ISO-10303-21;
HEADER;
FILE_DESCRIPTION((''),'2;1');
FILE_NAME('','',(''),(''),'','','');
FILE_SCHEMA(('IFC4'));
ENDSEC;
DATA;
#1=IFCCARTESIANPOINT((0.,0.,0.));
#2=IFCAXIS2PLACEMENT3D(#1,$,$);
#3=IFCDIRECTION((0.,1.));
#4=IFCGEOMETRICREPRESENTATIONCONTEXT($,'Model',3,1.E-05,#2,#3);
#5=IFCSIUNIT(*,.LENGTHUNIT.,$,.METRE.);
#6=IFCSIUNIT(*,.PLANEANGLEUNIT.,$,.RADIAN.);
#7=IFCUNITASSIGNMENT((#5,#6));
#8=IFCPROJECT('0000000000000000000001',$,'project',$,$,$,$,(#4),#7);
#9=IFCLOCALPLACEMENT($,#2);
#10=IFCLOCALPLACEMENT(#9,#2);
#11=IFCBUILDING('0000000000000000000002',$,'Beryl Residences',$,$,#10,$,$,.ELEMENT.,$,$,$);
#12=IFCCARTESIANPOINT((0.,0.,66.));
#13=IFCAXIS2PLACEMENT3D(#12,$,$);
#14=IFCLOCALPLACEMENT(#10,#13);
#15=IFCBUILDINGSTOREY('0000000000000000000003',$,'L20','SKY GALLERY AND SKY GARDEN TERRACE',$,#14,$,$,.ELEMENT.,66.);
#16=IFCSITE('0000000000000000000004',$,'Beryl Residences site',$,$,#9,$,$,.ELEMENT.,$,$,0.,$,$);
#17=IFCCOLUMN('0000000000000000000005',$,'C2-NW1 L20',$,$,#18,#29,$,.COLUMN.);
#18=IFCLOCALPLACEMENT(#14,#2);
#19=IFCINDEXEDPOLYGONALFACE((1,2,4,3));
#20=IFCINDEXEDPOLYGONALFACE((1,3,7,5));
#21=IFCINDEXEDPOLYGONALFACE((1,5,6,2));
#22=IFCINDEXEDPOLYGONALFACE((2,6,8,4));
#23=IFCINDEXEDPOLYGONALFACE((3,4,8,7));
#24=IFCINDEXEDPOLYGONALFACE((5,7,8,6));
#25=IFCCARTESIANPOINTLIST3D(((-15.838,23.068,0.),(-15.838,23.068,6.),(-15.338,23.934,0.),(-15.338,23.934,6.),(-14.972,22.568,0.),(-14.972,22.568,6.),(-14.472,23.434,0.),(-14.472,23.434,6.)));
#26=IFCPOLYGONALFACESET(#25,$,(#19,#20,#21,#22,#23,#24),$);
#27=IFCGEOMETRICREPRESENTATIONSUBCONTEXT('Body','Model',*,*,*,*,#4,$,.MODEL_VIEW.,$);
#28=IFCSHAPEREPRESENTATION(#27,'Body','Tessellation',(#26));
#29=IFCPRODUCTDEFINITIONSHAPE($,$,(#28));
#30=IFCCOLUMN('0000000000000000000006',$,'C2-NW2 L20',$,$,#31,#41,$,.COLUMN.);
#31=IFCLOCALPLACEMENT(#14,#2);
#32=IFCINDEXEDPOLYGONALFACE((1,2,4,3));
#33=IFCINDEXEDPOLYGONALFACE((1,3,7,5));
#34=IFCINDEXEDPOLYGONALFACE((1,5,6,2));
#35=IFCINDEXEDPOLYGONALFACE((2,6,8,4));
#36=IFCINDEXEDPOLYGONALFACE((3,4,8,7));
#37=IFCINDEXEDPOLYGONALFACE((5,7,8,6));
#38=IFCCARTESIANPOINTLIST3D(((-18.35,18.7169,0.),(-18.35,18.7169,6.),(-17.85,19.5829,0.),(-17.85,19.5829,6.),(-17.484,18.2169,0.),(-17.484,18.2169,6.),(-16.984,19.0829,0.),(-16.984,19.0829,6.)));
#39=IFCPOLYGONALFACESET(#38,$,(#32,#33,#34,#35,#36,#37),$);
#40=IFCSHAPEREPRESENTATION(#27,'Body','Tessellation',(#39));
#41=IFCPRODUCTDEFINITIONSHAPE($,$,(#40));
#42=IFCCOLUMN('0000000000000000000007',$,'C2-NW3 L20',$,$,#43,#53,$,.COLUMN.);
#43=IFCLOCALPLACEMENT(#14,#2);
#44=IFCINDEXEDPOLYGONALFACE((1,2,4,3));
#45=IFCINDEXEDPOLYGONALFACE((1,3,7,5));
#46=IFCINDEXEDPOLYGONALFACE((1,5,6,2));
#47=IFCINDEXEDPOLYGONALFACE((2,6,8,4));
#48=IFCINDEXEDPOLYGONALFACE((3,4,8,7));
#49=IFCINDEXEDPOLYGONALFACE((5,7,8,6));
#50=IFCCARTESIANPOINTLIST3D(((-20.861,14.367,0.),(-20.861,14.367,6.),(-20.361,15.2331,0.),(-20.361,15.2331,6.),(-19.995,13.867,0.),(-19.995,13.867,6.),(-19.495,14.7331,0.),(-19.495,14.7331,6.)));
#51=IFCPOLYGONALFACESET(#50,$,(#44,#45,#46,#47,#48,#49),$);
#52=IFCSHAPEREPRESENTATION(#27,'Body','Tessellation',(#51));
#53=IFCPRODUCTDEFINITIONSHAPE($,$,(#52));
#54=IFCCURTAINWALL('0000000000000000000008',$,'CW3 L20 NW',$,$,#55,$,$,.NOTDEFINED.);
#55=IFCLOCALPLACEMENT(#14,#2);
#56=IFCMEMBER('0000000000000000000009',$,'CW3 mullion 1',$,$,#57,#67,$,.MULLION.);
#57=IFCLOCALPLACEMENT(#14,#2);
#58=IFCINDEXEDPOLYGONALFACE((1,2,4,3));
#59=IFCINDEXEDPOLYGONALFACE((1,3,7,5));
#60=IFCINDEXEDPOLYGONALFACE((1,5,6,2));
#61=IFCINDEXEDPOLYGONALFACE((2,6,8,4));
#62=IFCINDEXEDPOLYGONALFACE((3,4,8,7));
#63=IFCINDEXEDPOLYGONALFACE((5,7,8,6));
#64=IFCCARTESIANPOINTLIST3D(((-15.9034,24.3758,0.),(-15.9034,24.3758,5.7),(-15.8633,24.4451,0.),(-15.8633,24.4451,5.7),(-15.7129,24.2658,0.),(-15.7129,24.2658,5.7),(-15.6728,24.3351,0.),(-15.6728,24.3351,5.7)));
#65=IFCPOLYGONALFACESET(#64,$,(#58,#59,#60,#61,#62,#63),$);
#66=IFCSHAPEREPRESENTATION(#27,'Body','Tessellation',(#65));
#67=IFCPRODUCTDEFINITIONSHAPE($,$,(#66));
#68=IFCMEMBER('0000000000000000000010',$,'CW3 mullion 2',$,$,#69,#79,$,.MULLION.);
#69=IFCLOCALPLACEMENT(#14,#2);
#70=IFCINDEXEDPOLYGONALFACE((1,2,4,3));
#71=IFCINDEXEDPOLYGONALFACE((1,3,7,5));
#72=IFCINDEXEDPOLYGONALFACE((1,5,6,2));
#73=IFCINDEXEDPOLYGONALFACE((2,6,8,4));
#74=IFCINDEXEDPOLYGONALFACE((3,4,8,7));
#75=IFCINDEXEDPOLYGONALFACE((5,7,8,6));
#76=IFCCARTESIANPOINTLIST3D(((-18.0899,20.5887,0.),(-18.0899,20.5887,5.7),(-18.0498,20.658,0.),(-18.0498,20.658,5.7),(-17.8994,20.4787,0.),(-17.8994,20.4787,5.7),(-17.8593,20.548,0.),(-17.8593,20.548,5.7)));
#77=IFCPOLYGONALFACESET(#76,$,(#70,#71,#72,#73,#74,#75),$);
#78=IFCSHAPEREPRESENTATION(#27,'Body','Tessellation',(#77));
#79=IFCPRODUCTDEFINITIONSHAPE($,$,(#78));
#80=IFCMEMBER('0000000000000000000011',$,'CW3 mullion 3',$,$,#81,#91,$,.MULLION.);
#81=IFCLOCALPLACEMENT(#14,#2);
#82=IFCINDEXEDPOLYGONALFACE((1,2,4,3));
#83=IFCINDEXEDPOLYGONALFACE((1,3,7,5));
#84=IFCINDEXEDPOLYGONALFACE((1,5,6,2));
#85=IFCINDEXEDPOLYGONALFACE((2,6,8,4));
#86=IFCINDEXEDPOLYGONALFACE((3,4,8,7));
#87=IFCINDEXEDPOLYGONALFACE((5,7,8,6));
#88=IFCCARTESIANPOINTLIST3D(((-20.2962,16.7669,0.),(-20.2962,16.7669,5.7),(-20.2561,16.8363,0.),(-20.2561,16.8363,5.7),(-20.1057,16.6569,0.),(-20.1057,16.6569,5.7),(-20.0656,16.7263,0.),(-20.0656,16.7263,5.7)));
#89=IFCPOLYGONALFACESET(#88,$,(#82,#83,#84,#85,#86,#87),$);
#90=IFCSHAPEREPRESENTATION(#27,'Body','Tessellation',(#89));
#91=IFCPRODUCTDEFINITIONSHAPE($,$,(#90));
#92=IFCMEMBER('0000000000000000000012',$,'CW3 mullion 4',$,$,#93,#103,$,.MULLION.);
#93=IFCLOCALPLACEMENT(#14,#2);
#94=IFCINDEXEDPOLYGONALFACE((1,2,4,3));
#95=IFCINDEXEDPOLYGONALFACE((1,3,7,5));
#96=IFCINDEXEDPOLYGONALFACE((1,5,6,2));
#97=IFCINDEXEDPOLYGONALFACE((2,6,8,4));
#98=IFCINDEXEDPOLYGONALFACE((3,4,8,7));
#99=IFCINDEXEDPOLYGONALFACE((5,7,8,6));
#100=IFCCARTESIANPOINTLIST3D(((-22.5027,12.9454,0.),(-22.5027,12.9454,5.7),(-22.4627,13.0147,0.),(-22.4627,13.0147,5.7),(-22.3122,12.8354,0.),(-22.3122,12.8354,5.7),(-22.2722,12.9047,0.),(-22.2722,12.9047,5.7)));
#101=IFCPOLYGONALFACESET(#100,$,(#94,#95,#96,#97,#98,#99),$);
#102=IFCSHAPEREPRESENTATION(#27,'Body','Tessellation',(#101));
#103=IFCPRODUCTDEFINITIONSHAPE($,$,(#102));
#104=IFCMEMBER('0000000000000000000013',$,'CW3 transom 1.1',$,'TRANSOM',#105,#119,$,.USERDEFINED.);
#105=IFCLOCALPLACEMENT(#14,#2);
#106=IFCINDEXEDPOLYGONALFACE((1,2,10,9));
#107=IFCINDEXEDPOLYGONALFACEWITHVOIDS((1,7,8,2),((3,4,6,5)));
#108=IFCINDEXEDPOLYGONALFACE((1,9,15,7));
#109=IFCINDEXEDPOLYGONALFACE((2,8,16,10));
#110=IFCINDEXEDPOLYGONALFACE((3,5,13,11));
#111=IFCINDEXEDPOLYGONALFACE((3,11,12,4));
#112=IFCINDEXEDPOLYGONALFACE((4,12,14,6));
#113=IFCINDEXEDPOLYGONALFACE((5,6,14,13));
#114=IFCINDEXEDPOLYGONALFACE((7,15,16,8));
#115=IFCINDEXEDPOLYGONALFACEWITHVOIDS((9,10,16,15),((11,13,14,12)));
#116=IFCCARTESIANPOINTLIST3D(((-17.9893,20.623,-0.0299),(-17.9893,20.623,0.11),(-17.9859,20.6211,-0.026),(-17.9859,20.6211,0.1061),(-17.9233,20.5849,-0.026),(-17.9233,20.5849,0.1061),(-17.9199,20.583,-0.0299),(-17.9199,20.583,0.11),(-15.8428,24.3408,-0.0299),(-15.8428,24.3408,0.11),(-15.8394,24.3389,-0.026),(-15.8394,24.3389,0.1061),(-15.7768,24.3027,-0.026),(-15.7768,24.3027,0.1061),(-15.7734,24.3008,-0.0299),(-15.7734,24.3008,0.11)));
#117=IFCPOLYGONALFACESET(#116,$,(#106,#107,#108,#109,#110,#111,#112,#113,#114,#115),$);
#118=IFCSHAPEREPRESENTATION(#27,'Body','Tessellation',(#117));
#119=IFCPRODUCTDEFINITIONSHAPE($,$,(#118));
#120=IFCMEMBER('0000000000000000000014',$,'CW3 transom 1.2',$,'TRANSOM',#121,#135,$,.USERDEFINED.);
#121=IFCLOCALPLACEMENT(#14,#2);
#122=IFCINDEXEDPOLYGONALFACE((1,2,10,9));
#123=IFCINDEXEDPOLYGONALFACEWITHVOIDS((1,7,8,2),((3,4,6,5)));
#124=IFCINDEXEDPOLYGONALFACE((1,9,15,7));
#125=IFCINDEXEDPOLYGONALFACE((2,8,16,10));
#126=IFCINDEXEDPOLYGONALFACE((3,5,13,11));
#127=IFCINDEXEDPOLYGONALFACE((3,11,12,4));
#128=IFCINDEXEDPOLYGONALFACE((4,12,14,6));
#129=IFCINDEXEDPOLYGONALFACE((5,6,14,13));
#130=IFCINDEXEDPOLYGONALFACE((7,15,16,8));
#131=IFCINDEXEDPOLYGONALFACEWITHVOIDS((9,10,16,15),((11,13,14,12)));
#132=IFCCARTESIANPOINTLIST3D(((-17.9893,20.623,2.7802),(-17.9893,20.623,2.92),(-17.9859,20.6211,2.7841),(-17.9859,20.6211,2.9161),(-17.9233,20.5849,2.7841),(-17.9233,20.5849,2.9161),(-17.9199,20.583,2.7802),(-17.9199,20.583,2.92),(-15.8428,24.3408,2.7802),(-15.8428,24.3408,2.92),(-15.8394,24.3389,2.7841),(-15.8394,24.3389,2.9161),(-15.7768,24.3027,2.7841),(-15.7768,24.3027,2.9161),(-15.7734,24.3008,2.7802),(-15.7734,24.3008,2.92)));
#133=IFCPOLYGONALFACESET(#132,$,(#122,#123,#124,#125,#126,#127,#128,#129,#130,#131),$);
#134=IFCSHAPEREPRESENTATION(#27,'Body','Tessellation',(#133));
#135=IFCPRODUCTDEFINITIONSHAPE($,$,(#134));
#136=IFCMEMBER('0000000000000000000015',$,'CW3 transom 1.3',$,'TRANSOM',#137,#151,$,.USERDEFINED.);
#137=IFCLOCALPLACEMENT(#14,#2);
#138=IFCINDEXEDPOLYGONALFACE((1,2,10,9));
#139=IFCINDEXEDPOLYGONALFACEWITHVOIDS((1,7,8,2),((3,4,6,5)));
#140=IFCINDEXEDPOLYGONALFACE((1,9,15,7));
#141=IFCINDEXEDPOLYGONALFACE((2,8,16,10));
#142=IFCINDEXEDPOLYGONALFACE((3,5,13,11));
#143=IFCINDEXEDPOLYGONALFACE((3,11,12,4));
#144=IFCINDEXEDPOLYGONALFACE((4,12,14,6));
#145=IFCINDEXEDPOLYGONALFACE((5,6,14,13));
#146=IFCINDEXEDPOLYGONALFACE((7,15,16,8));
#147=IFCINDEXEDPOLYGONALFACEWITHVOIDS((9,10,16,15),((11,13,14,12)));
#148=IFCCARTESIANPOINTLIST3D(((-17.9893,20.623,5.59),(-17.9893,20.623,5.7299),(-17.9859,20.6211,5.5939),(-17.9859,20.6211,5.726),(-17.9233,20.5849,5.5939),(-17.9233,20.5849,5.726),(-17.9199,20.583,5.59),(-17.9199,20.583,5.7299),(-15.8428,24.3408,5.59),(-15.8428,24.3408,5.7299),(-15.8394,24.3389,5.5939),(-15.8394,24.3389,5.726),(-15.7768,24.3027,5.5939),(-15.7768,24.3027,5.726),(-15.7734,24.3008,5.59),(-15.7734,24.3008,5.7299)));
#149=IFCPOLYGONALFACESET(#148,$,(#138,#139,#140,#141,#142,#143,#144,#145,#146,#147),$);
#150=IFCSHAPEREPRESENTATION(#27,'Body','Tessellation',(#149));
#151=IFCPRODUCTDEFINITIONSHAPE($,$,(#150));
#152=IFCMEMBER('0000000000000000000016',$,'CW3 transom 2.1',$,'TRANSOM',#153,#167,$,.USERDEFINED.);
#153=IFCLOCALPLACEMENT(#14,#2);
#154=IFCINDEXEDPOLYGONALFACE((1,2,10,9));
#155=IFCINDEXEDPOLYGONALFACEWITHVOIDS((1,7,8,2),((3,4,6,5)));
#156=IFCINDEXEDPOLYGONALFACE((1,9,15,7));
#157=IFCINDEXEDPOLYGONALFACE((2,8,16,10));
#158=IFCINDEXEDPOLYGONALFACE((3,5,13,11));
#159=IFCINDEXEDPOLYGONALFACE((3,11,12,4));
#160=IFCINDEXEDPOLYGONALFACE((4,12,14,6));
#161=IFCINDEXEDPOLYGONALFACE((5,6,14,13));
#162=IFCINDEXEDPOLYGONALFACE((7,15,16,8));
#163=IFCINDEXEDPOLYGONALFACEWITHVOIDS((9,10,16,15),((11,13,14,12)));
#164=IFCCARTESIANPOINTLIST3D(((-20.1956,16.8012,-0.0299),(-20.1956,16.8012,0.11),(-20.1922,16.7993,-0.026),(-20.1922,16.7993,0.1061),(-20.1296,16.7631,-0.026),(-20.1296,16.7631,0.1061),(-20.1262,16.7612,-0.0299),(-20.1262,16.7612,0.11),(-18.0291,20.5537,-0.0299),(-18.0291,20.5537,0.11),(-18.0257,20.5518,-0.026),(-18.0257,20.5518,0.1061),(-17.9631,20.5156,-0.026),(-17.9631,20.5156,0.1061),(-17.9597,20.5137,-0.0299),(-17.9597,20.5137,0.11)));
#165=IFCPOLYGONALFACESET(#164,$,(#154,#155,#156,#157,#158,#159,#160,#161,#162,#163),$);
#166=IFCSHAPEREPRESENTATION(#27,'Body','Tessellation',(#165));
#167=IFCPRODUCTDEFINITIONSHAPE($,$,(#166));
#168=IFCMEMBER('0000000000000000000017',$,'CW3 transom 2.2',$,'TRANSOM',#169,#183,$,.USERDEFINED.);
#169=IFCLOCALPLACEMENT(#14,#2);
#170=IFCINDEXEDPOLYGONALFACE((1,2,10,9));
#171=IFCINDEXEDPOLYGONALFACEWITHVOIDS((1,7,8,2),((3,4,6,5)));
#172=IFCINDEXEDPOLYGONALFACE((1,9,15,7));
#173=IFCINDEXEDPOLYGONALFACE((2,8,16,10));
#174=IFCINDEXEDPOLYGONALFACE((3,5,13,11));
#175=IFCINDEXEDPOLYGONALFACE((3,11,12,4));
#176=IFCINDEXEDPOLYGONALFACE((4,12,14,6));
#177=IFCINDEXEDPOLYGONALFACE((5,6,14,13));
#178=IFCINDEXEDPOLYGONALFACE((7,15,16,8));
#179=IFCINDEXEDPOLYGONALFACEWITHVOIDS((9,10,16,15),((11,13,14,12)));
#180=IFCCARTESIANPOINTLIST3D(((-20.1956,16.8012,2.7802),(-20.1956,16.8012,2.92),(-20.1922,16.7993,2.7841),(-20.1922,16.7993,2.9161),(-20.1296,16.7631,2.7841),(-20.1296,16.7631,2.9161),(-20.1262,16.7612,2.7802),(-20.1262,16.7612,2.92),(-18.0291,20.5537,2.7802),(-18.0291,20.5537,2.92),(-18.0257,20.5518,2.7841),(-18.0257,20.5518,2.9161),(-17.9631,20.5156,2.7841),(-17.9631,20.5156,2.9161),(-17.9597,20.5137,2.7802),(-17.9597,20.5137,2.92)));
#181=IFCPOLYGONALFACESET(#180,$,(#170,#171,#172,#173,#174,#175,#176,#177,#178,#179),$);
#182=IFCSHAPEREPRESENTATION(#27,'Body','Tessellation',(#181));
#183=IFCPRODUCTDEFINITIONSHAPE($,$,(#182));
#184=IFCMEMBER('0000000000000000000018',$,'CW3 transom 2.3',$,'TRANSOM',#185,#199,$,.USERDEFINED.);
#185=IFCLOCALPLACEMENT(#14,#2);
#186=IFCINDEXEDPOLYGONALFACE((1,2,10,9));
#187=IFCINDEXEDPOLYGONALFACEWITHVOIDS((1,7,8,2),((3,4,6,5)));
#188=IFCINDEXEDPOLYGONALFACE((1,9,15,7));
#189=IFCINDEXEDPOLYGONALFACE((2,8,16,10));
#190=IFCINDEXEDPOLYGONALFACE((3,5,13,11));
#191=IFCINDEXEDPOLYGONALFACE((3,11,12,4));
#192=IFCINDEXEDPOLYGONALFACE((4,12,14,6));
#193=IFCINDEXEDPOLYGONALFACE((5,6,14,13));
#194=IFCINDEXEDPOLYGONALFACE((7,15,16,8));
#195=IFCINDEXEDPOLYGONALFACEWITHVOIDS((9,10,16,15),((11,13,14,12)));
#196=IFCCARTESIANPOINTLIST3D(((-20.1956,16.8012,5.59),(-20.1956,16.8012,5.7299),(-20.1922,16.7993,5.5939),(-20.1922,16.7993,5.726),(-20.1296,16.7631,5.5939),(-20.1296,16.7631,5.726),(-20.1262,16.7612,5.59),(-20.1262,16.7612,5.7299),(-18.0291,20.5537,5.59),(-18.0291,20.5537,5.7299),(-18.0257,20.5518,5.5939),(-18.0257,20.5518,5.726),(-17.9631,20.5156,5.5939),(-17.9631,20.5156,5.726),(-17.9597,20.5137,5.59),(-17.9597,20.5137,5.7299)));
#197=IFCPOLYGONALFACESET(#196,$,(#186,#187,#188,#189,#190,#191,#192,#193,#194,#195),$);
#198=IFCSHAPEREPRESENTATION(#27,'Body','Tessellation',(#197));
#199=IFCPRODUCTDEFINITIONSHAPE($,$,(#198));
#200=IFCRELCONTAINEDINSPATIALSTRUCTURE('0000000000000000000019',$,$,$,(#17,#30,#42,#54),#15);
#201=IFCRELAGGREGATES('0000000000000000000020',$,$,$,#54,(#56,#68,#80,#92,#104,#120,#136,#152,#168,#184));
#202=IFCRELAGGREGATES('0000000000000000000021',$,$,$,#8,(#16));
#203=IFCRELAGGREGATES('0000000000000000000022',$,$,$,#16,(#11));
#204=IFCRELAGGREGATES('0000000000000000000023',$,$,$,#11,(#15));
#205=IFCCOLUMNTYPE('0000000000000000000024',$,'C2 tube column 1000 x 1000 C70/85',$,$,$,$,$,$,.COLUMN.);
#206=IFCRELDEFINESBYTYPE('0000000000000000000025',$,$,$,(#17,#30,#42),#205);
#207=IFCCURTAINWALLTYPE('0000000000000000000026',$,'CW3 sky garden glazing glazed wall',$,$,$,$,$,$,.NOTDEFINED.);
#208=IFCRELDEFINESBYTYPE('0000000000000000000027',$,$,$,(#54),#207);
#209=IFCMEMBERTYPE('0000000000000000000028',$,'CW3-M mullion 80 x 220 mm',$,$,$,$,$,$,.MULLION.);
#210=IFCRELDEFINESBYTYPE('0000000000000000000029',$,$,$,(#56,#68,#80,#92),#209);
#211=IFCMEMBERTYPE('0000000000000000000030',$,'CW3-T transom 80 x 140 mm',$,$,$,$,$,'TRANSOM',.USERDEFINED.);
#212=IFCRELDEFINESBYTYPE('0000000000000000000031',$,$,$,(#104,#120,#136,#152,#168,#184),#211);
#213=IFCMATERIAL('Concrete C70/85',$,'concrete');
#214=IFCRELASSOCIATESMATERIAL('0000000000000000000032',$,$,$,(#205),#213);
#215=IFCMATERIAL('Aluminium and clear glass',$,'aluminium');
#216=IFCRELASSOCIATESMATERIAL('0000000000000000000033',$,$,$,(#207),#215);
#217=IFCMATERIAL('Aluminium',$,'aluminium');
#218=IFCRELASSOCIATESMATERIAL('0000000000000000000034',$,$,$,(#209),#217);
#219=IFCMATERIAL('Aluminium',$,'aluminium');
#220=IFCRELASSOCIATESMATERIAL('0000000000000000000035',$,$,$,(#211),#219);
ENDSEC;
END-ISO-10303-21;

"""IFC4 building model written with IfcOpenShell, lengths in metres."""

from ifc_helpers import new_model, si_unit, direction, frame, origin, origin_2d, place, context, subcontext, project, spatial, rectangle, hollow_rectangle, extrude, material, material_profile, profile_set, type_object, element, aggregate, save


model = new_model("IFC4")

# Units and contexts
model_context = context("Model", 3, precision=1e-05, world=origin(), true_north=direction((0.0, 1.0)))
body_context = subcontext(model_context, "Body", "Model", "MODEL_VIEW")
ifc_project = project(units=[si_unit("LENGTHUNIT", "METRE"), si_unit("PLANEANGLEUNIT", "RADIAN")], contexts=[model_context])

# Site, building, storey
site_placement = place(None, origin())
site = spatial("IfcSite", under=ifc_project, at=site_placement, Name="Beryl Residences site", CompositionType="ELEMENT", RefElevation=0.0)
building_placement = place(site_placement, origin())
building = spatial("IfcBuilding", under=site, at=building_placement, Name="Beryl Residences", CompositionType="ELEMENT")
storey_placement = place(building_placement, frame((0.0, 0.0, 66.0)))
storey = spatial("IfcBuildingStorey", under=building, at=storey_placement, Name="L20", Description="SKY GALLERY AND SKY GARDEN TERRACE", CompositionType="ELEMENT", Elevation=66.0)

# Columns
ifc_material_1 = material(Name="Concrete C70/85", Category="concrete")
ifc_material_profile_1 = material_profile(ifc_material_1, rectangle(XDim=1.0, YDim=1.0, at=origin_2d()))
ifc_profile_set_1 = profile_set([ifc_material_profile_1], Name="Concrete C70/85")
column_type = type_object("IfcColumnType", Name="C2 tube column 1000 x 1000 C70/85", PredefinedType="COLUMN", material=ifc_profile_set_1)
for number, where, z_axis, x_axis, name in (
    (1, (-15.155, 23.251, 0.0), (0.0, 0.0, 1.0), (-0.5, -0.866025, 0.0), "C2-NW1 L20"),
    (2, (-17.667, 18.8999, 0.0), (0.0, 0.0, 1.0), (-0.5, -0.866025, 0.0), "C2-NW2 L20"),
    (3, (-20.178, 14.55, 0.0), (0.0, 0.0, 1.0), (-0.5, -0.866025, 0.0), "C2-NW3 L20"),
):
    element("IfcColumn", number, at=place(storey_placement, frame(where, z_axis=z_axis, x_axis=x_axis)), inside=storey, type_object=column_type, Name=name, PredefinedType="COLUMN", context=body_context, shape_type="SweptSolid", body=[
        extrude(rectangle(XDim=1.0, YDim=1.0, at=origin_2d()), origin(), (0.0, 0.0, 1.0), 6.0),
    ])

# Curtain wall, members
ifc_material_2 = material(Name="Aluminium and clear glass", Category="aluminium")
curtain_wall_type = type_object("IfcCurtainWallType", Name="CW3 sky garden glazing glazed wall", PredefinedType="NOTDEFINED", material=ifc_material_2)
curtain_wall_placement = place(storey_placement, origin())
curtain_wall = element("IfcCurtainWall", 4, at=curtain_wall_placement, inside=storey, type_object=curtain_wall_type, Name="CW3 L20 NW", PredefinedType="NOTDEFINED")
ifc_material_3 = material(Name="Aluminium", Category="aluminium")
ifc_material_profile_2 = material_profile(ifc_material_3, rectangle(XDim=0.0801, YDim=0.22, at=origin_2d()))
ifc_profile_set_2 = profile_set([ifc_material_profile_2], Name="Aluminium")
member_type_1 = type_object("IfcMemberType", Name="CW3-M mullion 80 x 220 mm", PredefinedType="MULLION", material=ifc_profile_set_2)
member_1_placement = place(storey_placement, frame((-15.7881, 24.3555, 0.0), z_axis=(0.0, 0.0, 1.0), x_axis=(-0.50001, -0.86602, 0.0)))
member_1 = element("IfcMember", 5, at=member_1_placement, type_object=member_type_1, Name="CW3 mullion 1", PredefinedType="MULLION", context=body_context, shape_type="SweptSolid", body=[
    extrude(rectangle(XDim=0.0801, YDim=0.22, at=origin_2d()), origin(), (0.0, 0.0, 1.0), 5.7),
])
member_2_placement = place(storey_placement, frame((-17.9746, 20.5684, 0.0), z_axis=(0.0, 0.0, 1.0), x_axis=(-0.50001, -0.86602, 0.0)))
member_2 = element("IfcMember", 6, at=member_2_placement, type_object=member_type_1, Name="CW3 mullion 2", PredefinedType="MULLION", context=body_context, shape_type="SweptSolid", body=[
    extrude(rectangle(XDim=0.0801, YDim=0.22, at=origin_2d()), origin(), (0.0, 0.0, 1.0), 5.7),
])
member_3_placement = place(storey_placement, frame((-20.1809, 16.7466, 0.0), z_axis=(0.0, 0.0, 1.0), x_axis=(-0.50001, -0.86602, 0.0)))
member_3 = element("IfcMember", 7, at=member_3_placement, type_object=member_type_1, Name="CW3 mullion 3", PredefinedType="MULLION", context=body_context, shape_type="SweptSolid", body=[
    extrude(rectangle(XDim=0.0801, YDim=0.22, at=origin_2d()), origin(), (0.0, 0.0, 1.0), 5.7),
])
member_4_placement = place(storey_placement, frame((-22.3875, 12.925, 0.0), z_axis=(0.0, 0.0, 1.0), x_axis=(-0.50001, -0.86602, 0.0)))
member_4 = element("IfcMember", 8, at=member_4_placement, type_object=member_type_1, Name="CW3 mullion 4", PredefinedType="MULLION", context=body_context, shape_type="SweptSolid", body=[
    extrude(rectangle(XDim=0.0801, YDim=0.22, at=origin_2d()), origin(), (0.0, 0.0, 1.0), 5.7),
])
ifc_material_4 = material(Name="Aluminium", Category="aluminium")
ifc_material_profile_3 = material_profile(ifc_material_4, hollow_rectangle(XDim=0.0801, YDim=0.1399, WallThickness=0.0039, at=origin_2d()))
ifc_profile_set_3 = profile_set([ifc_material_profile_3], Name="Aluminium")
member_type_2 = type_object("IfcMemberType", Name="CW3-T transom 80 x 140 mm", ElementType="TRANSOM", PredefinedType="USERDEFINED", material=ifc_profile_set_3)
member_5_placement = place(storey_placement, frame((-15.8081, 24.3208, 0.04), z_axis=(-0.500005, -0.866023, 0.0), x_axis=(0.866023, -0.500005, 0.0)))
member_5 = element("IfcMember", 9, at=member_5_placement, type_object=member_type_2, Name="CW3 transom 1.1", ObjectType="TRANSOM", PredefinedType="USERDEFINED", context=body_context, shape_type="SweptSolid", body=[
    extrude(hollow_rectangle(XDim=0.0801, YDim=0.1399, WallThickness=0.0039, at=origin_2d()), origin(), (0.0, 0.0, 1.0), 4.293),
])
member_6_placement = place(storey_placement, frame((-15.8081, 24.3208, 2.8501), z_axis=(-0.500005, -0.866023, 0.0), x_axis=(0.866023, -0.500005, 0.0)))
member_6 = element("IfcMember", 10, at=member_6_placement, type_object=member_type_2, Name="CW3 transom 1.2", ObjectType="TRANSOM", PredefinedType="USERDEFINED", context=body_context, shape_type="SweptSolid", body=[
    extrude(hollow_rectangle(XDim=0.0801, YDim=0.1399, WallThickness=0.0039, at=origin_2d()), origin(), (0.0, 0.0, 1.0), 4.293),
])
member_7_placement = place(storey_placement, frame((-15.8081, 24.3208, 5.6599), z_axis=(-0.500005, -0.866023, 0.0), x_axis=(0.866023, -0.500005, 0.0)))
member_7 = element("IfcMember", 11, at=member_7_placement, type_object=member_type_2, Name="CW3 transom 1.3", ObjectType="TRANSOM", PredefinedType="USERDEFINED", context=body_context, shape_type="SweptSolid", body=[
    extrude(hollow_rectangle(XDim=0.0801, YDim=0.1399, WallThickness=0.0039, at=origin_2d()), origin(), (0.0, 0.0, 1.0), 4.293),
])
member_8_placement = place(storey_placement, frame((-17.9944, 20.5337, 0.04), z_axis=(-0.500005, -0.866022, 0.0), x_axis=(0.866022, -0.500005, 0.0)))
member_8 = element("IfcMember", 12, at=member_8_placement, type_object=member_type_2, Name="CW3 transom 2.1", ObjectType="TRANSOM", PredefinedType="USERDEFINED", context=body_context, shape_type="SweptSolid", body=[
    extrude(hollow_rectangle(XDim=0.0801, YDim=0.1399, WallThickness=0.0039, at=origin_2d()), origin(), (0.0, 0.0, 1.0), 4.333),
])
member_9_placement = place(storey_placement, frame((-17.9944, 20.5337, 2.8501), z_axis=(-0.500005, -0.866022, 0.0), x_axis=(0.866022, -0.500005, 0.0)))
member_9 = element("IfcMember", 13, at=member_9_placement, type_object=member_type_2, Name="CW3 transom 2.2", ObjectType="TRANSOM", PredefinedType="USERDEFINED", context=body_context, shape_type="SweptSolid", body=[
    extrude(hollow_rectangle(XDim=0.0801, YDim=0.1399, WallThickness=0.0039, at=origin_2d()), origin(), (0.0, 0.0, 1.0), 4.333),
])
member_10_placement = place(storey_placement, frame((-17.9944, 20.5337, 5.6599), z_axis=(-0.500005, -0.866022, 0.0), x_axis=(0.866022, -0.500005, 0.0)))
member_10 = element("IfcMember", 14, at=member_10_placement, type_object=member_type_2, Name="CW3 transom 2.3", ObjectType="TRANSOM", PredefinedType="USERDEFINED", context=body_context, shape_type="SweptSolid", body=[
    extrude(hollow_rectangle(XDim=0.0801, YDim=0.1399, WallThickness=0.0039, at=origin_2d()), origin(), (0.0, 0.0, 1.0), 4.333),
])
aggregate(curtain_wall, [member_1, member_2, member_3, member_4, member_5, member_6, member_7, member_8, member_9, member_10])

save(model, "model.ifc")
